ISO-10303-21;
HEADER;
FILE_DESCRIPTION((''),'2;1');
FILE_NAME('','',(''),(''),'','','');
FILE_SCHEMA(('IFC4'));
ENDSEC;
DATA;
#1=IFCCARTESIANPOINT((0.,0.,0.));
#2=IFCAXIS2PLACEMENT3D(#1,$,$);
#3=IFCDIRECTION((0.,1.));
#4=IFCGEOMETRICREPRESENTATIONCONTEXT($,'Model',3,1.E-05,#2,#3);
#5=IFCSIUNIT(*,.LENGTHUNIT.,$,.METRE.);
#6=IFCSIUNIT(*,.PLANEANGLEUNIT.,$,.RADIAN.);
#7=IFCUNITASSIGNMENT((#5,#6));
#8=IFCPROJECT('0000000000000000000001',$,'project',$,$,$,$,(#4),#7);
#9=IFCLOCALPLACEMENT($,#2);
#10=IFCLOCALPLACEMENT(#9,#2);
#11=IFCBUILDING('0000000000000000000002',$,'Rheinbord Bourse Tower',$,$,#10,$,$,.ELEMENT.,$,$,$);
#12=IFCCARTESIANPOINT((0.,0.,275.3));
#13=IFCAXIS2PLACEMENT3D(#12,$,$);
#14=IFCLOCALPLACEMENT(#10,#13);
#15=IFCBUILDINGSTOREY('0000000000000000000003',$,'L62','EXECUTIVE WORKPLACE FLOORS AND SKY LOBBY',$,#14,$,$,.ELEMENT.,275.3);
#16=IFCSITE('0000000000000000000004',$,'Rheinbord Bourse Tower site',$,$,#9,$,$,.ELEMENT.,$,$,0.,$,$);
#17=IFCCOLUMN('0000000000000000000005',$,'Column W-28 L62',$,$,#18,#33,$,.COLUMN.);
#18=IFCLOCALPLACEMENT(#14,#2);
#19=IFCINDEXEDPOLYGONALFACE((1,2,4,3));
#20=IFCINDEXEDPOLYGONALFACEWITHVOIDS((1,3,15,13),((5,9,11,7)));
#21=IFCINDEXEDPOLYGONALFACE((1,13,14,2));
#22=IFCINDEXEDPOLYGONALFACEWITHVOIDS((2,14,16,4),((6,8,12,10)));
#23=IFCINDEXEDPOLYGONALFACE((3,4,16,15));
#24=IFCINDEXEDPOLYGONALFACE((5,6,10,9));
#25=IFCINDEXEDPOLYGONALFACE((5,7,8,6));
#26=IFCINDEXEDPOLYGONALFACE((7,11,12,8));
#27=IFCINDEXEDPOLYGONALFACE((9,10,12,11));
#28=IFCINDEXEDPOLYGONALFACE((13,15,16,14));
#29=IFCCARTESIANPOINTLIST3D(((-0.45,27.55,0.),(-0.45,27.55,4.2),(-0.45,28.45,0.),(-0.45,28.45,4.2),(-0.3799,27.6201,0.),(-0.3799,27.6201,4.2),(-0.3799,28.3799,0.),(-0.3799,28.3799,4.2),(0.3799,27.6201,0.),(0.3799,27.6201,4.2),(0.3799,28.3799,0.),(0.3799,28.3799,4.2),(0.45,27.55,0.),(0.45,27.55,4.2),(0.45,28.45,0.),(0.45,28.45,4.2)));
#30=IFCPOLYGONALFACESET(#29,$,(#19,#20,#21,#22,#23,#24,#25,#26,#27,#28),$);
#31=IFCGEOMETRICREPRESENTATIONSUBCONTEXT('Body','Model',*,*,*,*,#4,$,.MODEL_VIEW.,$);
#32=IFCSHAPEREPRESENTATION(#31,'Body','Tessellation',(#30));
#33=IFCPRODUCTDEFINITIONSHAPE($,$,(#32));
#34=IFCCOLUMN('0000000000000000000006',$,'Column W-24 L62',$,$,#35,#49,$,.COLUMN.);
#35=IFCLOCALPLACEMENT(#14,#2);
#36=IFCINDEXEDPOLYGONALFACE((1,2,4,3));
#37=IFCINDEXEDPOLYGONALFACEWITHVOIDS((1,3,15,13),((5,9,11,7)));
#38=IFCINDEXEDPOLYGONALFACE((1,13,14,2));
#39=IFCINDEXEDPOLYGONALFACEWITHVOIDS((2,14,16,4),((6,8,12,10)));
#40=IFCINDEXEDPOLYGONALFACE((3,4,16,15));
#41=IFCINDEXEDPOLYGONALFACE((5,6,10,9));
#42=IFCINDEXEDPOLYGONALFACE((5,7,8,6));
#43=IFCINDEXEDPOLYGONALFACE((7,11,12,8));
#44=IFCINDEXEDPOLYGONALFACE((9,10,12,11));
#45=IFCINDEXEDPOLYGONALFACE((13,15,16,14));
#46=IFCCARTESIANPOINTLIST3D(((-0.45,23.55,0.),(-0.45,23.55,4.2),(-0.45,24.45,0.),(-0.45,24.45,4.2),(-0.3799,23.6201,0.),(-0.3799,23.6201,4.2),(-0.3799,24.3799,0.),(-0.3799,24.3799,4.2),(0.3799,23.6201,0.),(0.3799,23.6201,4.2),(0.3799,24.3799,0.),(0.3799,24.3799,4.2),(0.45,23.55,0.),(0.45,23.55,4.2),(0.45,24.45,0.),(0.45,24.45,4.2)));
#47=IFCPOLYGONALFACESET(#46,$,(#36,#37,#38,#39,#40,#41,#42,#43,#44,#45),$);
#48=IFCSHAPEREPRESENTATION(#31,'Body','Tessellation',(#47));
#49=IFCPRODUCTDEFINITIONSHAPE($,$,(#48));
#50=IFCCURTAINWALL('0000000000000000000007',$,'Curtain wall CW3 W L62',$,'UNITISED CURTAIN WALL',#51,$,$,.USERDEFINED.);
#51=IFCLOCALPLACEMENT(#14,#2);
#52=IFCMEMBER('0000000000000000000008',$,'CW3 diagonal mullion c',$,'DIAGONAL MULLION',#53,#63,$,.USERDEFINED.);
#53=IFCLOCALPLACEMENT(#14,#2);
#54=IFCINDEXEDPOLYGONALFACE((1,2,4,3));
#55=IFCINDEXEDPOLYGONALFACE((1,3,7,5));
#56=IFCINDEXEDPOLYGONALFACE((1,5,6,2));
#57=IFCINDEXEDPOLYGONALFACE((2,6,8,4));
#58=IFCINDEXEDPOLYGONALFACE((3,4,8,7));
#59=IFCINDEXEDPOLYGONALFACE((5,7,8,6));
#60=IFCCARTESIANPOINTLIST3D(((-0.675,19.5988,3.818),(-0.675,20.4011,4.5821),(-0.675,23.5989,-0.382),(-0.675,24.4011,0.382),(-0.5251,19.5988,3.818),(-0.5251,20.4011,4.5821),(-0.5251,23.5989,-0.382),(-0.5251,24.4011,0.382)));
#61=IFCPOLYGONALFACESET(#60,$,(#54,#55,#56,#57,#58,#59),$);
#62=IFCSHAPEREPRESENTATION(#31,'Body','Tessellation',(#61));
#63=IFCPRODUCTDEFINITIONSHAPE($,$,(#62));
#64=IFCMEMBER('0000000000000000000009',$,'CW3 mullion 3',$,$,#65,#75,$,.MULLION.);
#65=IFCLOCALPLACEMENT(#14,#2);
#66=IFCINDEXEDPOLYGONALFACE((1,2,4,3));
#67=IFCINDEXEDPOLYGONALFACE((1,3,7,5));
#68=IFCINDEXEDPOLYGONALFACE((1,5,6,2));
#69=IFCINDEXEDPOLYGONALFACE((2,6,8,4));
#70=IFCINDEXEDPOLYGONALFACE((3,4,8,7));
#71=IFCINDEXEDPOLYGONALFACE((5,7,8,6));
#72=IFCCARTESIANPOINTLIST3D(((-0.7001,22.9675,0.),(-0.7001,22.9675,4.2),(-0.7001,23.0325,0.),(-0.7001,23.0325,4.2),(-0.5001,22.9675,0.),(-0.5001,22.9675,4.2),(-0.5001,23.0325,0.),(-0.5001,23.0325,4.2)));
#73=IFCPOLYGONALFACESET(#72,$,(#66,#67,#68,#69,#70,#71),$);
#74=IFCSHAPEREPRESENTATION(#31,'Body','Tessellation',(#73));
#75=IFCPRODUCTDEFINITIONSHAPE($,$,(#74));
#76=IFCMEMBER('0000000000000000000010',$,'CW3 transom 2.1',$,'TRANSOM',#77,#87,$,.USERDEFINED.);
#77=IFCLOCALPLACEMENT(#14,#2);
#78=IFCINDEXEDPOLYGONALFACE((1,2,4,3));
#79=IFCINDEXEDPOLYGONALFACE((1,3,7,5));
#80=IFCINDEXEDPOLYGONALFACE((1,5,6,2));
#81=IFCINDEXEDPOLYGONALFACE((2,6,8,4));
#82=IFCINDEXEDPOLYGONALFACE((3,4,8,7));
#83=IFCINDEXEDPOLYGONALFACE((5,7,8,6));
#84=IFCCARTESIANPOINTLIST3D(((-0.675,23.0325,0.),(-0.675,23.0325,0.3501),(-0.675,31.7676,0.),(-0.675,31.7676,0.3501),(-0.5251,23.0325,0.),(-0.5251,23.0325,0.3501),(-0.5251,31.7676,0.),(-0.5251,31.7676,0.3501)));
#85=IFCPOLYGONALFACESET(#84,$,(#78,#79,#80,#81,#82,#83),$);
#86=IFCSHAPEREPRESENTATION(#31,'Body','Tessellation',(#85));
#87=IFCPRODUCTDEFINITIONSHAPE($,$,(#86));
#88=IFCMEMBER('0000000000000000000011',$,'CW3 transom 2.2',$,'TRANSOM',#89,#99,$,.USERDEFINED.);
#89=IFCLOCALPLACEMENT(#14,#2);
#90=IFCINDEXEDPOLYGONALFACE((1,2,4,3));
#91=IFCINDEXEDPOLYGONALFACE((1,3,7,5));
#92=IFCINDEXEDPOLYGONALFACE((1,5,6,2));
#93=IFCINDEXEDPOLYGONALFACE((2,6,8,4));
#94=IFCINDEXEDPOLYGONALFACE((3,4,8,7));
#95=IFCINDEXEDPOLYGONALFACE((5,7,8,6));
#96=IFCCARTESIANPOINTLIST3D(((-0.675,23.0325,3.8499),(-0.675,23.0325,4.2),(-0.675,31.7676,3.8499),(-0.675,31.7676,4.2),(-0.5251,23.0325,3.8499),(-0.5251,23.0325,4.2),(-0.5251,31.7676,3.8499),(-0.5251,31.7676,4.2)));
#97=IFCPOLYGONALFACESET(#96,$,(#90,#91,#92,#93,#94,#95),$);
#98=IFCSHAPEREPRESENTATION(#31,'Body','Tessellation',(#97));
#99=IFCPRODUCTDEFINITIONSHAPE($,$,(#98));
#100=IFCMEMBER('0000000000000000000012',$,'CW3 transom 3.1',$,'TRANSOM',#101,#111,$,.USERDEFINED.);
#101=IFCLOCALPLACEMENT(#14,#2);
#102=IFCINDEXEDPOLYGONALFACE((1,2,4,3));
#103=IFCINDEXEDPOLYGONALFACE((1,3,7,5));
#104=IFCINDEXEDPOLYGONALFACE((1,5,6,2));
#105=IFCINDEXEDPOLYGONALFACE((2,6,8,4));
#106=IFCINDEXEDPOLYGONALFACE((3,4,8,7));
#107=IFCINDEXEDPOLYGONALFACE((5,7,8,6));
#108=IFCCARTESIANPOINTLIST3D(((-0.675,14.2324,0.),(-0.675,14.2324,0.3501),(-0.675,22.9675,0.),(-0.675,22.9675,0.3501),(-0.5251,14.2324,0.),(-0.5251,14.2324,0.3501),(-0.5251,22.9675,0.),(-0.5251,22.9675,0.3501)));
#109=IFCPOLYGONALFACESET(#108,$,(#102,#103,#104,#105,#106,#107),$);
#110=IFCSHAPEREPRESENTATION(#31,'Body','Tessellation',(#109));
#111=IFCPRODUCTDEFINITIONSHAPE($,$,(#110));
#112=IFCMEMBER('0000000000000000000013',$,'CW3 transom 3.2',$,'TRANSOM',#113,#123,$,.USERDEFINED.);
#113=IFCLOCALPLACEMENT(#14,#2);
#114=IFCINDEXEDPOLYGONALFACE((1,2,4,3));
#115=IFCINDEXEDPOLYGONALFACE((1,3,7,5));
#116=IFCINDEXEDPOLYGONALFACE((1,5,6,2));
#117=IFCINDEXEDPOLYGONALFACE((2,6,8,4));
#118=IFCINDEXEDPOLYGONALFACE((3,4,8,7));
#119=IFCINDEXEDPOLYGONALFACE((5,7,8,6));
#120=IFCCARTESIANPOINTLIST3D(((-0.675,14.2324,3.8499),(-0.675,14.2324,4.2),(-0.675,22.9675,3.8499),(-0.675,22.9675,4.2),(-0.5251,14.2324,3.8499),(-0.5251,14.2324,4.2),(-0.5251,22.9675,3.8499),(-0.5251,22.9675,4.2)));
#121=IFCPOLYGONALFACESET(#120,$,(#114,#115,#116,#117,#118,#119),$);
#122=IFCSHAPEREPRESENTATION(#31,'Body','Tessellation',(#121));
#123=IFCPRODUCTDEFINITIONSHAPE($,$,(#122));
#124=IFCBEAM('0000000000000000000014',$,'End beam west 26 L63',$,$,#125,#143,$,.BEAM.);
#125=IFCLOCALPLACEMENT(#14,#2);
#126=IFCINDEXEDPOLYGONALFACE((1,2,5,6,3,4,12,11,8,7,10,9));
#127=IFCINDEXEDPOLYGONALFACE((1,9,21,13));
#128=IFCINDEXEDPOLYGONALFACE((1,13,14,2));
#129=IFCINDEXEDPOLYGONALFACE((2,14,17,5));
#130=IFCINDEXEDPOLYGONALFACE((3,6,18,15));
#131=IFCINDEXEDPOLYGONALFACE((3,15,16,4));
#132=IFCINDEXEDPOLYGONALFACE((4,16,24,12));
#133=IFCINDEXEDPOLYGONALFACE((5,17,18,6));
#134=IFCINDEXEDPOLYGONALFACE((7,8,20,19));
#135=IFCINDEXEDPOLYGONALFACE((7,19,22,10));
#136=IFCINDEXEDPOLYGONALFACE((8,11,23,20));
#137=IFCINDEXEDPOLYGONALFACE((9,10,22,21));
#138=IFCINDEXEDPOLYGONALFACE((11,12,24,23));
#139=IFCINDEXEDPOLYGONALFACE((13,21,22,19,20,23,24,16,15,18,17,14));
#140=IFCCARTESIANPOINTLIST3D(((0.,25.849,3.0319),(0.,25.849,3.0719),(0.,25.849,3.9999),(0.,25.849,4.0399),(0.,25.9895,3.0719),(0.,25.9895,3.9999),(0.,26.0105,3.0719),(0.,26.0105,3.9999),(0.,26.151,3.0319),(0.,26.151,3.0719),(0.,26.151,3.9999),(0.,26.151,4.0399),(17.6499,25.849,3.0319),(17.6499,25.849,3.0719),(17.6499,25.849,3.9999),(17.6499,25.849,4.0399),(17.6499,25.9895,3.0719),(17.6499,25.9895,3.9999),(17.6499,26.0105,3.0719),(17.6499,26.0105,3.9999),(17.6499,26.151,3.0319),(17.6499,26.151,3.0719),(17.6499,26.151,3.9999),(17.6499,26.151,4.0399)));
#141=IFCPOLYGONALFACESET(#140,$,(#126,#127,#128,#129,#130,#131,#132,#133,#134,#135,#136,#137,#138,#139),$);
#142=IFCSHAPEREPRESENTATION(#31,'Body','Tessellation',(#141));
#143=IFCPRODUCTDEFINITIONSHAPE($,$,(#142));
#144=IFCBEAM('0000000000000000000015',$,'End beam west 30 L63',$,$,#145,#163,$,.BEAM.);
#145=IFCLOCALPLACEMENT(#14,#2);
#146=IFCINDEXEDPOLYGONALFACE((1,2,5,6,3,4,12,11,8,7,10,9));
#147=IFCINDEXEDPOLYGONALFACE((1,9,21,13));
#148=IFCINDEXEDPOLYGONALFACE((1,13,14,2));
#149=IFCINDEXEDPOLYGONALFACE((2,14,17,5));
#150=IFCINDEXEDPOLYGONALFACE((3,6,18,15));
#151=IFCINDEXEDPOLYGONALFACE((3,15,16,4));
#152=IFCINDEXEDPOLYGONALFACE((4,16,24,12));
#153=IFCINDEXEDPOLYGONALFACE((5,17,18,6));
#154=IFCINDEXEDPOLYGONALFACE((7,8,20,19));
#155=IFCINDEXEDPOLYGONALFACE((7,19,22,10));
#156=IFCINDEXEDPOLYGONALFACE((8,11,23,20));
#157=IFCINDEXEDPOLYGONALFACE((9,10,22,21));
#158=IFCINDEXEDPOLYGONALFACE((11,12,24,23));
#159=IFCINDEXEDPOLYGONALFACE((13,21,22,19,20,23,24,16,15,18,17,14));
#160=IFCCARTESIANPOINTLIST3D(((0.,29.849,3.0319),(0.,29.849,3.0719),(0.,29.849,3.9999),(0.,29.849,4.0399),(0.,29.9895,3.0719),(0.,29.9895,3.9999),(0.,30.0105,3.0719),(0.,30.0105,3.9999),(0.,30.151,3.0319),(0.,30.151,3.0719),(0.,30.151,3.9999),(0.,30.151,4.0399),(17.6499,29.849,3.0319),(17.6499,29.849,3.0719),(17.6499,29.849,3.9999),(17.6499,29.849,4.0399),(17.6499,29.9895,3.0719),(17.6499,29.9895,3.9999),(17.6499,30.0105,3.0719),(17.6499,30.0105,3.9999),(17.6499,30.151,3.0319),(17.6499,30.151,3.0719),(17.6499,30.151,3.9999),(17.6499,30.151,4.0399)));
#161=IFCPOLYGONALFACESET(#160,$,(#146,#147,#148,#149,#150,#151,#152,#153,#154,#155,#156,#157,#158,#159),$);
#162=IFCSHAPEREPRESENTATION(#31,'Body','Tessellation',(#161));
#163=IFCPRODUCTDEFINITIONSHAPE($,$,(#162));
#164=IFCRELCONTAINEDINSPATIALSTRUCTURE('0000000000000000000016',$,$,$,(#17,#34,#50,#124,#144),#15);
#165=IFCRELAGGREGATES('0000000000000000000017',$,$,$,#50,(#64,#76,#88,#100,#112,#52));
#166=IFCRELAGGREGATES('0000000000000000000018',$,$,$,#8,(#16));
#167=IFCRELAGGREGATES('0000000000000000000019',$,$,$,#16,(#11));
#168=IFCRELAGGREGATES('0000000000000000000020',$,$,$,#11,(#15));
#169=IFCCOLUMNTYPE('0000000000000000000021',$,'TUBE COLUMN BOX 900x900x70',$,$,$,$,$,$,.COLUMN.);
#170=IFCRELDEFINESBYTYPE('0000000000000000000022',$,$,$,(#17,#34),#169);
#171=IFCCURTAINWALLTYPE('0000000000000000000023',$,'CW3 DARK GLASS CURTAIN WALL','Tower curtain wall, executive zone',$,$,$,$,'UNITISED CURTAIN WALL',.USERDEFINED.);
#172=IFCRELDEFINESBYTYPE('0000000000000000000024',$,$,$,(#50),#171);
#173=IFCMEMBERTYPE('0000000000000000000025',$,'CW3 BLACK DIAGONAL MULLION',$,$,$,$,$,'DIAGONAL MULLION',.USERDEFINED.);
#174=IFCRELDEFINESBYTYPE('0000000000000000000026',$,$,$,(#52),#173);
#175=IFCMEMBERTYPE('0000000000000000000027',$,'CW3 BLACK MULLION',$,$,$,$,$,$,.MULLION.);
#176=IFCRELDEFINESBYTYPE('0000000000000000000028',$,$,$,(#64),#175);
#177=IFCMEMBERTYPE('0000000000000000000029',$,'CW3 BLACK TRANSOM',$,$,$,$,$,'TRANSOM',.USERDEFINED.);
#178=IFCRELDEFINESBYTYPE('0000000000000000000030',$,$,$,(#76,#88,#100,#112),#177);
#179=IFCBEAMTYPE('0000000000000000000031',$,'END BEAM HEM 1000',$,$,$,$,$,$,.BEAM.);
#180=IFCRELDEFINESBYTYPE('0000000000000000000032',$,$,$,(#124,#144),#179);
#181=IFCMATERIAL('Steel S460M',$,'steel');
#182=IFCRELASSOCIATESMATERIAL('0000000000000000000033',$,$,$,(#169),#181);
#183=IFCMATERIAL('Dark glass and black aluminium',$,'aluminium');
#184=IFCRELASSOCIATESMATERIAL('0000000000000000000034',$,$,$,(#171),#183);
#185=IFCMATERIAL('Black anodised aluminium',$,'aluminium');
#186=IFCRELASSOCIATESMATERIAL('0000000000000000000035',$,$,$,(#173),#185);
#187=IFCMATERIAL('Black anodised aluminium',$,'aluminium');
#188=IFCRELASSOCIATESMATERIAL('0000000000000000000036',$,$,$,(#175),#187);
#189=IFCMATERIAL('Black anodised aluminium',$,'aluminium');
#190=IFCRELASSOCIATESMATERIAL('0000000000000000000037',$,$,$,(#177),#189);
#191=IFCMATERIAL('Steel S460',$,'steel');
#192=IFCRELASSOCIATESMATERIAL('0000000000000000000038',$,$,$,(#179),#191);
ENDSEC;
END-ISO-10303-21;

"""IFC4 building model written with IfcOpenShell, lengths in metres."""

from ifc_helpers import new_model, si_unit, direction, frame, origin, origin_2d, place, context, subcontext, project, spatial, rectangle, hollow_rectangle, i_section, extrude, material, material_profile, profile_set, type_object, element, aggregate, save


model = new_model("IFC4")

# Units and contexts
model_context = context("Model", 3, precision=1e-05, world=origin(), true_north=direction((0.0, 1.0)))
body_context = subcontext(model_context, "Body", "Model", "MODEL_VIEW")
ifc_project = project(units=[si_unit("LENGTHUNIT", "METRE"), si_unit("PLANEANGLEUNIT", "RADIAN")], contexts=[model_context])

# Site, building, storey
site_placement = place(None, origin())
site = spatial("IfcSite", under=ifc_project, at=site_placement, Name="Rheinbord Bourse Tower site", CompositionType="ELEMENT", RefElevation=0.0)
building_placement = place(site_placement, origin())
building = spatial("IfcBuilding", under=site, at=building_placement, Name="Rheinbord Bourse Tower", CompositionType="ELEMENT")
storey_placement = place(building_placement, frame((0.0, 0.0, 275.3)))
storey = spatial("IfcBuildingStorey", under=building, at=storey_placement, Name="L62", Description="EXECUTIVE WORKPLACE FLOORS AND SKY LOBBY", CompositionType="ELEMENT", Elevation=275.3)

# Columns
ifc_material_1 = material(Name="Steel S460M", Category="steel")
ifc_material_profile_1 = material_profile(ifc_material_1, hollow_rectangle(XDim=0.8999, YDim=0.8999, WallThickness=0.0701, at=origin_2d()), Name="BOX 900x900x70")
ifc_profile_set_1 = profile_set([ifc_material_profile_1], Name="Steel S460M")
column_type = type_object("IfcColumnType", Name="TUBE COLUMN BOX 900x900x70", PredefinedType="COLUMN", material=ifc_profile_set_1)
for number, where, z_axis, x_axis, name in (
    (1, (0.0, 28.0, 0.0), (0.0, 0.0, 1.0), (1.0, 0.0, 0.0), "Column W-28 L62"),
    (2, (0.0, 24.0, 0.0), (0.0, 0.0, 1.0), (1.0, 0.0, 0.0), "Column W-24 L62"),
):
    element("IfcColumn", number, at=place(storey_placement, frame(where, z_axis=z_axis, x_axis=x_axis)), inside=storey, type_object=column_type, Name=name, PredefinedType="COLUMN", context=body_context, shape_type="SweptSolid", body=[
        extrude(hollow_rectangle(XDim=0.8999, YDim=0.8999, WallThickness=0.0701, at=origin_2d()), origin(), (0.0, 0.0, 1.0), 4.2),
    ])

# Curtain wall, members
ifc_material_2 = material(Name="Dark glass and black aluminium", Category="aluminium")
curtain_wall_type = type_object("IfcCurtainWallType", Name="CW3 DARK GLASS CURTAIN WALL", Description="Tower curtain wall, executive zone", ElementType="UNITISED CURTAIN WALL", PredefinedType="USERDEFINED", material=ifc_material_2)
curtain_wall_placement = place(storey_placement, origin())
curtain_wall = element("IfcCurtainWall", 3, at=curtain_wall_placement, inside=storey, type_object=curtain_wall_type, Name="Curtain wall CW3 W L62", ObjectType="UNITISED CURTAIN WALL", PredefinedType="USERDEFINED")
ifc_material_3 = material(Name="Black anodised aluminium", Category="aluminium")
ifc_material_profile_2 = material_profile(ifc_material_3, rectangle(XDim=0.1499, YDim=1.1079, at=origin_2d()), Name="CW3 DIAGONAL MULLION 1108x150")
ifc_profile_set_2 = profile_set([ifc_material_profile_2], Name="Black anodised aluminium")
member_type_1 = type_object("IfcMemberType", Name="CW3 BLACK DIAGONAL MULLION", ElementType="DIAGONAL MULLION", PredefinedType="USERDEFINED", material=ifc_profile_set_2)
member_1_placement = place(storey_placement, frame((-0.6001, 24.0, 0.0), z_axis=(0.0, -0.689659, 0.724134), x_axis=(1.0, 0.0, 0.0)))
member_1 = element("IfcMember", 4, at=member_1_placement, type_object=member_type_1, Name="CW3 diagonal mullion c", ObjectType="DIAGONAL MULLION", PredefinedType="USERDEFINED", context=body_context, shape_type="SweptSolid", body=[
    extrude(rectangle(XDim=0.1499, YDim=1.1079, at=origin_2d()), origin(), (0.0, 0.0, 1.0), 5.8),
])
ifc_material_4 = material(Name="Black anodised aluminium", Category="aluminium")
ifc_material_profile_3 = material_profile(ifc_material_4, rectangle(XDim=0.2, YDim=0.0649, at=origin_2d()), Name="CW3 MULLION 65x200")
ifc_profile_set_3 = profile_set([ifc_material_profile_3], Name="Black anodised aluminium")
member_type_2 = type_object("IfcMemberType", Name="CW3 BLACK MULLION", PredefinedType="MULLION", material=ifc_profile_set_3)
member_2_placement = place(storey_placement, frame((-0.6001, 23.0, 0.0), z_axis=(0.0, 0.0, 1.0), x_axis=(1.0, 0.0, 0.0)))
member_2 = element("IfcMember", 5, at=member_2_placement, type_object=member_type_2, Name="CW3 mullion 3", PredefinedType="MULLION", context=body_context, shape_type="SweptSolid", body=[
    extrude(rectangle(XDim=0.2, YDim=0.0649, at=origin_2d()), origin(), (0.0, 0.0, 1.0), 4.2),
])
ifc_material_5 = material(Name="Black anodised aluminium", Category="aluminium")
ifc_material_profile_4 = material_profile(ifc_material_5, rectangle(XDim=0.1499, YDim=0.3501, at=origin_2d()), Name="CW3 TRANSOM 350x150")
ifc_profile_set_4 = profile_set([ifc_material_profile_4], Name="Black anodised aluminium")
member_type_3 = type_object("IfcMemberType", Name="CW3 BLACK TRANSOM", ElementType="TRANSOM", PredefinedType="USERDEFINED", material=ifc_profile_set_4)
member_3_placement = place(storey_placement, frame((-0.6001, 31.7676, 0.175), z_axis=(0.0, -1.0, 0.0), x_axis=(1.0, 0.0, 0.0)))
member_3 = element("IfcMember", 6, at=member_3_placement, type_object=member_type_3, Name="CW3 transom 2.1", ObjectType="TRANSOM", PredefinedType="USERDEFINED", context=body_context, shape_type="SweptSolid", body=[
    extrude(rectangle(XDim=0.1499, YDim=0.3501, at=origin_2d()), origin(), (0.0, 0.0, 1.0), 8.7351),
])
member_4_placement = place(storey_placement, frame((-0.6001, 31.7676, 4.0249), z_axis=(0.0, -1.0, 0.0), x_axis=(1.0, 0.0, 0.0)))
member_4 = element("IfcMember", 7, at=member_4_placement, type_object=member_type_3, Name="CW3 transom 2.2", ObjectType="TRANSOM", PredefinedType="USERDEFINED", context=body_context, shape_type="SweptSolid", body=[
    extrude(rectangle(XDim=0.1499, YDim=0.3501, at=origin_2d()), origin(), (0.0, 0.0, 1.0), 8.7351),
])
member_5_placement = place(storey_placement, frame((-0.6001, 22.9675, 0.175), z_axis=(0.0, -1.0, 0.0), x_axis=(1.0, 0.0, 0.0)))
member_5 = element("IfcMember", 8, at=member_5_placement, type_object=member_type_3, Name="CW3 transom 3.1", ObjectType="TRANSOM", PredefinedType="USERDEFINED", context=body_context, shape_type="SweptSolid", body=[
    extrude(rectangle(XDim=0.1499, YDim=0.3501, at=origin_2d()), origin(), (0.0, 0.0, 1.0), 8.7351),
])
member_6_placement = place(storey_placement, frame((-0.6001, 22.9675, 4.0249), z_axis=(0.0, -1.0, 0.0), x_axis=(1.0, 0.0, 0.0)))
member_6 = element("IfcMember", 9, at=member_6_placement, type_object=member_type_3, Name="CW3 transom 3.2", ObjectType="TRANSOM", PredefinedType="USERDEFINED", context=body_context, shape_type="SweptSolid", body=[
    extrude(rectangle(XDim=0.1499, YDim=0.3501, at=origin_2d()), origin(), (0.0, 0.0, 1.0), 8.7351),
])

# Beams
ifc_material_6 = material(Name="Steel S460", Category="steel")
ifc_material_profile_5 = material_profile(ifc_material_6, i_section(OverallWidth=0.302, OverallDepth=1.0081, WebThickness=0.021, FlangeThickness=0.04, at=origin_2d()), Name="HEM 1000")
ifc_profile_set_5 = profile_set([ifc_material_profile_5], Name="Steel S460")
beam_type_1 = type_object("IfcBeamType", Name="END BEAM HEM 1000", PredefinedType="BEAM", material=ifc_profile_set_5)
for number, where, z_axis, x_axis, name in (
    (10, (0.0, 26.0, 3.5359), (1.0, 0.0, 0.0), (0.0, 1.0, 0.0), "End beam west 26 L63"),
    (11, (0.0, 30.0, 3.5359), (1.0, 0.0, 0.0), (0.0, 1.0, 0.0), "End beam west 30 L63"),
):
    element("IfcBeam", number, at=place(storey_placement, frame(where, z_axis=z_axis, x_axis=x_axis)), inside=storey, type_object=beam_type_1, Name=name, PredefinedType="BEAM", context=body_context, shape_type="SweptSolid", body=[
        extrude(i_section(OverallWidth=0.302, OverallDepth=1.0081, WebThickness=0.021, FlangeThickness=0.04, at=origin_2d()), origin(), (0.0, 0.0, 1.0), 17.6499),
    ])

aggregate(curtain_wall, [member_2, member_3, member_4, member_5, member_6, member_1])

save(model, "model.ifc")
